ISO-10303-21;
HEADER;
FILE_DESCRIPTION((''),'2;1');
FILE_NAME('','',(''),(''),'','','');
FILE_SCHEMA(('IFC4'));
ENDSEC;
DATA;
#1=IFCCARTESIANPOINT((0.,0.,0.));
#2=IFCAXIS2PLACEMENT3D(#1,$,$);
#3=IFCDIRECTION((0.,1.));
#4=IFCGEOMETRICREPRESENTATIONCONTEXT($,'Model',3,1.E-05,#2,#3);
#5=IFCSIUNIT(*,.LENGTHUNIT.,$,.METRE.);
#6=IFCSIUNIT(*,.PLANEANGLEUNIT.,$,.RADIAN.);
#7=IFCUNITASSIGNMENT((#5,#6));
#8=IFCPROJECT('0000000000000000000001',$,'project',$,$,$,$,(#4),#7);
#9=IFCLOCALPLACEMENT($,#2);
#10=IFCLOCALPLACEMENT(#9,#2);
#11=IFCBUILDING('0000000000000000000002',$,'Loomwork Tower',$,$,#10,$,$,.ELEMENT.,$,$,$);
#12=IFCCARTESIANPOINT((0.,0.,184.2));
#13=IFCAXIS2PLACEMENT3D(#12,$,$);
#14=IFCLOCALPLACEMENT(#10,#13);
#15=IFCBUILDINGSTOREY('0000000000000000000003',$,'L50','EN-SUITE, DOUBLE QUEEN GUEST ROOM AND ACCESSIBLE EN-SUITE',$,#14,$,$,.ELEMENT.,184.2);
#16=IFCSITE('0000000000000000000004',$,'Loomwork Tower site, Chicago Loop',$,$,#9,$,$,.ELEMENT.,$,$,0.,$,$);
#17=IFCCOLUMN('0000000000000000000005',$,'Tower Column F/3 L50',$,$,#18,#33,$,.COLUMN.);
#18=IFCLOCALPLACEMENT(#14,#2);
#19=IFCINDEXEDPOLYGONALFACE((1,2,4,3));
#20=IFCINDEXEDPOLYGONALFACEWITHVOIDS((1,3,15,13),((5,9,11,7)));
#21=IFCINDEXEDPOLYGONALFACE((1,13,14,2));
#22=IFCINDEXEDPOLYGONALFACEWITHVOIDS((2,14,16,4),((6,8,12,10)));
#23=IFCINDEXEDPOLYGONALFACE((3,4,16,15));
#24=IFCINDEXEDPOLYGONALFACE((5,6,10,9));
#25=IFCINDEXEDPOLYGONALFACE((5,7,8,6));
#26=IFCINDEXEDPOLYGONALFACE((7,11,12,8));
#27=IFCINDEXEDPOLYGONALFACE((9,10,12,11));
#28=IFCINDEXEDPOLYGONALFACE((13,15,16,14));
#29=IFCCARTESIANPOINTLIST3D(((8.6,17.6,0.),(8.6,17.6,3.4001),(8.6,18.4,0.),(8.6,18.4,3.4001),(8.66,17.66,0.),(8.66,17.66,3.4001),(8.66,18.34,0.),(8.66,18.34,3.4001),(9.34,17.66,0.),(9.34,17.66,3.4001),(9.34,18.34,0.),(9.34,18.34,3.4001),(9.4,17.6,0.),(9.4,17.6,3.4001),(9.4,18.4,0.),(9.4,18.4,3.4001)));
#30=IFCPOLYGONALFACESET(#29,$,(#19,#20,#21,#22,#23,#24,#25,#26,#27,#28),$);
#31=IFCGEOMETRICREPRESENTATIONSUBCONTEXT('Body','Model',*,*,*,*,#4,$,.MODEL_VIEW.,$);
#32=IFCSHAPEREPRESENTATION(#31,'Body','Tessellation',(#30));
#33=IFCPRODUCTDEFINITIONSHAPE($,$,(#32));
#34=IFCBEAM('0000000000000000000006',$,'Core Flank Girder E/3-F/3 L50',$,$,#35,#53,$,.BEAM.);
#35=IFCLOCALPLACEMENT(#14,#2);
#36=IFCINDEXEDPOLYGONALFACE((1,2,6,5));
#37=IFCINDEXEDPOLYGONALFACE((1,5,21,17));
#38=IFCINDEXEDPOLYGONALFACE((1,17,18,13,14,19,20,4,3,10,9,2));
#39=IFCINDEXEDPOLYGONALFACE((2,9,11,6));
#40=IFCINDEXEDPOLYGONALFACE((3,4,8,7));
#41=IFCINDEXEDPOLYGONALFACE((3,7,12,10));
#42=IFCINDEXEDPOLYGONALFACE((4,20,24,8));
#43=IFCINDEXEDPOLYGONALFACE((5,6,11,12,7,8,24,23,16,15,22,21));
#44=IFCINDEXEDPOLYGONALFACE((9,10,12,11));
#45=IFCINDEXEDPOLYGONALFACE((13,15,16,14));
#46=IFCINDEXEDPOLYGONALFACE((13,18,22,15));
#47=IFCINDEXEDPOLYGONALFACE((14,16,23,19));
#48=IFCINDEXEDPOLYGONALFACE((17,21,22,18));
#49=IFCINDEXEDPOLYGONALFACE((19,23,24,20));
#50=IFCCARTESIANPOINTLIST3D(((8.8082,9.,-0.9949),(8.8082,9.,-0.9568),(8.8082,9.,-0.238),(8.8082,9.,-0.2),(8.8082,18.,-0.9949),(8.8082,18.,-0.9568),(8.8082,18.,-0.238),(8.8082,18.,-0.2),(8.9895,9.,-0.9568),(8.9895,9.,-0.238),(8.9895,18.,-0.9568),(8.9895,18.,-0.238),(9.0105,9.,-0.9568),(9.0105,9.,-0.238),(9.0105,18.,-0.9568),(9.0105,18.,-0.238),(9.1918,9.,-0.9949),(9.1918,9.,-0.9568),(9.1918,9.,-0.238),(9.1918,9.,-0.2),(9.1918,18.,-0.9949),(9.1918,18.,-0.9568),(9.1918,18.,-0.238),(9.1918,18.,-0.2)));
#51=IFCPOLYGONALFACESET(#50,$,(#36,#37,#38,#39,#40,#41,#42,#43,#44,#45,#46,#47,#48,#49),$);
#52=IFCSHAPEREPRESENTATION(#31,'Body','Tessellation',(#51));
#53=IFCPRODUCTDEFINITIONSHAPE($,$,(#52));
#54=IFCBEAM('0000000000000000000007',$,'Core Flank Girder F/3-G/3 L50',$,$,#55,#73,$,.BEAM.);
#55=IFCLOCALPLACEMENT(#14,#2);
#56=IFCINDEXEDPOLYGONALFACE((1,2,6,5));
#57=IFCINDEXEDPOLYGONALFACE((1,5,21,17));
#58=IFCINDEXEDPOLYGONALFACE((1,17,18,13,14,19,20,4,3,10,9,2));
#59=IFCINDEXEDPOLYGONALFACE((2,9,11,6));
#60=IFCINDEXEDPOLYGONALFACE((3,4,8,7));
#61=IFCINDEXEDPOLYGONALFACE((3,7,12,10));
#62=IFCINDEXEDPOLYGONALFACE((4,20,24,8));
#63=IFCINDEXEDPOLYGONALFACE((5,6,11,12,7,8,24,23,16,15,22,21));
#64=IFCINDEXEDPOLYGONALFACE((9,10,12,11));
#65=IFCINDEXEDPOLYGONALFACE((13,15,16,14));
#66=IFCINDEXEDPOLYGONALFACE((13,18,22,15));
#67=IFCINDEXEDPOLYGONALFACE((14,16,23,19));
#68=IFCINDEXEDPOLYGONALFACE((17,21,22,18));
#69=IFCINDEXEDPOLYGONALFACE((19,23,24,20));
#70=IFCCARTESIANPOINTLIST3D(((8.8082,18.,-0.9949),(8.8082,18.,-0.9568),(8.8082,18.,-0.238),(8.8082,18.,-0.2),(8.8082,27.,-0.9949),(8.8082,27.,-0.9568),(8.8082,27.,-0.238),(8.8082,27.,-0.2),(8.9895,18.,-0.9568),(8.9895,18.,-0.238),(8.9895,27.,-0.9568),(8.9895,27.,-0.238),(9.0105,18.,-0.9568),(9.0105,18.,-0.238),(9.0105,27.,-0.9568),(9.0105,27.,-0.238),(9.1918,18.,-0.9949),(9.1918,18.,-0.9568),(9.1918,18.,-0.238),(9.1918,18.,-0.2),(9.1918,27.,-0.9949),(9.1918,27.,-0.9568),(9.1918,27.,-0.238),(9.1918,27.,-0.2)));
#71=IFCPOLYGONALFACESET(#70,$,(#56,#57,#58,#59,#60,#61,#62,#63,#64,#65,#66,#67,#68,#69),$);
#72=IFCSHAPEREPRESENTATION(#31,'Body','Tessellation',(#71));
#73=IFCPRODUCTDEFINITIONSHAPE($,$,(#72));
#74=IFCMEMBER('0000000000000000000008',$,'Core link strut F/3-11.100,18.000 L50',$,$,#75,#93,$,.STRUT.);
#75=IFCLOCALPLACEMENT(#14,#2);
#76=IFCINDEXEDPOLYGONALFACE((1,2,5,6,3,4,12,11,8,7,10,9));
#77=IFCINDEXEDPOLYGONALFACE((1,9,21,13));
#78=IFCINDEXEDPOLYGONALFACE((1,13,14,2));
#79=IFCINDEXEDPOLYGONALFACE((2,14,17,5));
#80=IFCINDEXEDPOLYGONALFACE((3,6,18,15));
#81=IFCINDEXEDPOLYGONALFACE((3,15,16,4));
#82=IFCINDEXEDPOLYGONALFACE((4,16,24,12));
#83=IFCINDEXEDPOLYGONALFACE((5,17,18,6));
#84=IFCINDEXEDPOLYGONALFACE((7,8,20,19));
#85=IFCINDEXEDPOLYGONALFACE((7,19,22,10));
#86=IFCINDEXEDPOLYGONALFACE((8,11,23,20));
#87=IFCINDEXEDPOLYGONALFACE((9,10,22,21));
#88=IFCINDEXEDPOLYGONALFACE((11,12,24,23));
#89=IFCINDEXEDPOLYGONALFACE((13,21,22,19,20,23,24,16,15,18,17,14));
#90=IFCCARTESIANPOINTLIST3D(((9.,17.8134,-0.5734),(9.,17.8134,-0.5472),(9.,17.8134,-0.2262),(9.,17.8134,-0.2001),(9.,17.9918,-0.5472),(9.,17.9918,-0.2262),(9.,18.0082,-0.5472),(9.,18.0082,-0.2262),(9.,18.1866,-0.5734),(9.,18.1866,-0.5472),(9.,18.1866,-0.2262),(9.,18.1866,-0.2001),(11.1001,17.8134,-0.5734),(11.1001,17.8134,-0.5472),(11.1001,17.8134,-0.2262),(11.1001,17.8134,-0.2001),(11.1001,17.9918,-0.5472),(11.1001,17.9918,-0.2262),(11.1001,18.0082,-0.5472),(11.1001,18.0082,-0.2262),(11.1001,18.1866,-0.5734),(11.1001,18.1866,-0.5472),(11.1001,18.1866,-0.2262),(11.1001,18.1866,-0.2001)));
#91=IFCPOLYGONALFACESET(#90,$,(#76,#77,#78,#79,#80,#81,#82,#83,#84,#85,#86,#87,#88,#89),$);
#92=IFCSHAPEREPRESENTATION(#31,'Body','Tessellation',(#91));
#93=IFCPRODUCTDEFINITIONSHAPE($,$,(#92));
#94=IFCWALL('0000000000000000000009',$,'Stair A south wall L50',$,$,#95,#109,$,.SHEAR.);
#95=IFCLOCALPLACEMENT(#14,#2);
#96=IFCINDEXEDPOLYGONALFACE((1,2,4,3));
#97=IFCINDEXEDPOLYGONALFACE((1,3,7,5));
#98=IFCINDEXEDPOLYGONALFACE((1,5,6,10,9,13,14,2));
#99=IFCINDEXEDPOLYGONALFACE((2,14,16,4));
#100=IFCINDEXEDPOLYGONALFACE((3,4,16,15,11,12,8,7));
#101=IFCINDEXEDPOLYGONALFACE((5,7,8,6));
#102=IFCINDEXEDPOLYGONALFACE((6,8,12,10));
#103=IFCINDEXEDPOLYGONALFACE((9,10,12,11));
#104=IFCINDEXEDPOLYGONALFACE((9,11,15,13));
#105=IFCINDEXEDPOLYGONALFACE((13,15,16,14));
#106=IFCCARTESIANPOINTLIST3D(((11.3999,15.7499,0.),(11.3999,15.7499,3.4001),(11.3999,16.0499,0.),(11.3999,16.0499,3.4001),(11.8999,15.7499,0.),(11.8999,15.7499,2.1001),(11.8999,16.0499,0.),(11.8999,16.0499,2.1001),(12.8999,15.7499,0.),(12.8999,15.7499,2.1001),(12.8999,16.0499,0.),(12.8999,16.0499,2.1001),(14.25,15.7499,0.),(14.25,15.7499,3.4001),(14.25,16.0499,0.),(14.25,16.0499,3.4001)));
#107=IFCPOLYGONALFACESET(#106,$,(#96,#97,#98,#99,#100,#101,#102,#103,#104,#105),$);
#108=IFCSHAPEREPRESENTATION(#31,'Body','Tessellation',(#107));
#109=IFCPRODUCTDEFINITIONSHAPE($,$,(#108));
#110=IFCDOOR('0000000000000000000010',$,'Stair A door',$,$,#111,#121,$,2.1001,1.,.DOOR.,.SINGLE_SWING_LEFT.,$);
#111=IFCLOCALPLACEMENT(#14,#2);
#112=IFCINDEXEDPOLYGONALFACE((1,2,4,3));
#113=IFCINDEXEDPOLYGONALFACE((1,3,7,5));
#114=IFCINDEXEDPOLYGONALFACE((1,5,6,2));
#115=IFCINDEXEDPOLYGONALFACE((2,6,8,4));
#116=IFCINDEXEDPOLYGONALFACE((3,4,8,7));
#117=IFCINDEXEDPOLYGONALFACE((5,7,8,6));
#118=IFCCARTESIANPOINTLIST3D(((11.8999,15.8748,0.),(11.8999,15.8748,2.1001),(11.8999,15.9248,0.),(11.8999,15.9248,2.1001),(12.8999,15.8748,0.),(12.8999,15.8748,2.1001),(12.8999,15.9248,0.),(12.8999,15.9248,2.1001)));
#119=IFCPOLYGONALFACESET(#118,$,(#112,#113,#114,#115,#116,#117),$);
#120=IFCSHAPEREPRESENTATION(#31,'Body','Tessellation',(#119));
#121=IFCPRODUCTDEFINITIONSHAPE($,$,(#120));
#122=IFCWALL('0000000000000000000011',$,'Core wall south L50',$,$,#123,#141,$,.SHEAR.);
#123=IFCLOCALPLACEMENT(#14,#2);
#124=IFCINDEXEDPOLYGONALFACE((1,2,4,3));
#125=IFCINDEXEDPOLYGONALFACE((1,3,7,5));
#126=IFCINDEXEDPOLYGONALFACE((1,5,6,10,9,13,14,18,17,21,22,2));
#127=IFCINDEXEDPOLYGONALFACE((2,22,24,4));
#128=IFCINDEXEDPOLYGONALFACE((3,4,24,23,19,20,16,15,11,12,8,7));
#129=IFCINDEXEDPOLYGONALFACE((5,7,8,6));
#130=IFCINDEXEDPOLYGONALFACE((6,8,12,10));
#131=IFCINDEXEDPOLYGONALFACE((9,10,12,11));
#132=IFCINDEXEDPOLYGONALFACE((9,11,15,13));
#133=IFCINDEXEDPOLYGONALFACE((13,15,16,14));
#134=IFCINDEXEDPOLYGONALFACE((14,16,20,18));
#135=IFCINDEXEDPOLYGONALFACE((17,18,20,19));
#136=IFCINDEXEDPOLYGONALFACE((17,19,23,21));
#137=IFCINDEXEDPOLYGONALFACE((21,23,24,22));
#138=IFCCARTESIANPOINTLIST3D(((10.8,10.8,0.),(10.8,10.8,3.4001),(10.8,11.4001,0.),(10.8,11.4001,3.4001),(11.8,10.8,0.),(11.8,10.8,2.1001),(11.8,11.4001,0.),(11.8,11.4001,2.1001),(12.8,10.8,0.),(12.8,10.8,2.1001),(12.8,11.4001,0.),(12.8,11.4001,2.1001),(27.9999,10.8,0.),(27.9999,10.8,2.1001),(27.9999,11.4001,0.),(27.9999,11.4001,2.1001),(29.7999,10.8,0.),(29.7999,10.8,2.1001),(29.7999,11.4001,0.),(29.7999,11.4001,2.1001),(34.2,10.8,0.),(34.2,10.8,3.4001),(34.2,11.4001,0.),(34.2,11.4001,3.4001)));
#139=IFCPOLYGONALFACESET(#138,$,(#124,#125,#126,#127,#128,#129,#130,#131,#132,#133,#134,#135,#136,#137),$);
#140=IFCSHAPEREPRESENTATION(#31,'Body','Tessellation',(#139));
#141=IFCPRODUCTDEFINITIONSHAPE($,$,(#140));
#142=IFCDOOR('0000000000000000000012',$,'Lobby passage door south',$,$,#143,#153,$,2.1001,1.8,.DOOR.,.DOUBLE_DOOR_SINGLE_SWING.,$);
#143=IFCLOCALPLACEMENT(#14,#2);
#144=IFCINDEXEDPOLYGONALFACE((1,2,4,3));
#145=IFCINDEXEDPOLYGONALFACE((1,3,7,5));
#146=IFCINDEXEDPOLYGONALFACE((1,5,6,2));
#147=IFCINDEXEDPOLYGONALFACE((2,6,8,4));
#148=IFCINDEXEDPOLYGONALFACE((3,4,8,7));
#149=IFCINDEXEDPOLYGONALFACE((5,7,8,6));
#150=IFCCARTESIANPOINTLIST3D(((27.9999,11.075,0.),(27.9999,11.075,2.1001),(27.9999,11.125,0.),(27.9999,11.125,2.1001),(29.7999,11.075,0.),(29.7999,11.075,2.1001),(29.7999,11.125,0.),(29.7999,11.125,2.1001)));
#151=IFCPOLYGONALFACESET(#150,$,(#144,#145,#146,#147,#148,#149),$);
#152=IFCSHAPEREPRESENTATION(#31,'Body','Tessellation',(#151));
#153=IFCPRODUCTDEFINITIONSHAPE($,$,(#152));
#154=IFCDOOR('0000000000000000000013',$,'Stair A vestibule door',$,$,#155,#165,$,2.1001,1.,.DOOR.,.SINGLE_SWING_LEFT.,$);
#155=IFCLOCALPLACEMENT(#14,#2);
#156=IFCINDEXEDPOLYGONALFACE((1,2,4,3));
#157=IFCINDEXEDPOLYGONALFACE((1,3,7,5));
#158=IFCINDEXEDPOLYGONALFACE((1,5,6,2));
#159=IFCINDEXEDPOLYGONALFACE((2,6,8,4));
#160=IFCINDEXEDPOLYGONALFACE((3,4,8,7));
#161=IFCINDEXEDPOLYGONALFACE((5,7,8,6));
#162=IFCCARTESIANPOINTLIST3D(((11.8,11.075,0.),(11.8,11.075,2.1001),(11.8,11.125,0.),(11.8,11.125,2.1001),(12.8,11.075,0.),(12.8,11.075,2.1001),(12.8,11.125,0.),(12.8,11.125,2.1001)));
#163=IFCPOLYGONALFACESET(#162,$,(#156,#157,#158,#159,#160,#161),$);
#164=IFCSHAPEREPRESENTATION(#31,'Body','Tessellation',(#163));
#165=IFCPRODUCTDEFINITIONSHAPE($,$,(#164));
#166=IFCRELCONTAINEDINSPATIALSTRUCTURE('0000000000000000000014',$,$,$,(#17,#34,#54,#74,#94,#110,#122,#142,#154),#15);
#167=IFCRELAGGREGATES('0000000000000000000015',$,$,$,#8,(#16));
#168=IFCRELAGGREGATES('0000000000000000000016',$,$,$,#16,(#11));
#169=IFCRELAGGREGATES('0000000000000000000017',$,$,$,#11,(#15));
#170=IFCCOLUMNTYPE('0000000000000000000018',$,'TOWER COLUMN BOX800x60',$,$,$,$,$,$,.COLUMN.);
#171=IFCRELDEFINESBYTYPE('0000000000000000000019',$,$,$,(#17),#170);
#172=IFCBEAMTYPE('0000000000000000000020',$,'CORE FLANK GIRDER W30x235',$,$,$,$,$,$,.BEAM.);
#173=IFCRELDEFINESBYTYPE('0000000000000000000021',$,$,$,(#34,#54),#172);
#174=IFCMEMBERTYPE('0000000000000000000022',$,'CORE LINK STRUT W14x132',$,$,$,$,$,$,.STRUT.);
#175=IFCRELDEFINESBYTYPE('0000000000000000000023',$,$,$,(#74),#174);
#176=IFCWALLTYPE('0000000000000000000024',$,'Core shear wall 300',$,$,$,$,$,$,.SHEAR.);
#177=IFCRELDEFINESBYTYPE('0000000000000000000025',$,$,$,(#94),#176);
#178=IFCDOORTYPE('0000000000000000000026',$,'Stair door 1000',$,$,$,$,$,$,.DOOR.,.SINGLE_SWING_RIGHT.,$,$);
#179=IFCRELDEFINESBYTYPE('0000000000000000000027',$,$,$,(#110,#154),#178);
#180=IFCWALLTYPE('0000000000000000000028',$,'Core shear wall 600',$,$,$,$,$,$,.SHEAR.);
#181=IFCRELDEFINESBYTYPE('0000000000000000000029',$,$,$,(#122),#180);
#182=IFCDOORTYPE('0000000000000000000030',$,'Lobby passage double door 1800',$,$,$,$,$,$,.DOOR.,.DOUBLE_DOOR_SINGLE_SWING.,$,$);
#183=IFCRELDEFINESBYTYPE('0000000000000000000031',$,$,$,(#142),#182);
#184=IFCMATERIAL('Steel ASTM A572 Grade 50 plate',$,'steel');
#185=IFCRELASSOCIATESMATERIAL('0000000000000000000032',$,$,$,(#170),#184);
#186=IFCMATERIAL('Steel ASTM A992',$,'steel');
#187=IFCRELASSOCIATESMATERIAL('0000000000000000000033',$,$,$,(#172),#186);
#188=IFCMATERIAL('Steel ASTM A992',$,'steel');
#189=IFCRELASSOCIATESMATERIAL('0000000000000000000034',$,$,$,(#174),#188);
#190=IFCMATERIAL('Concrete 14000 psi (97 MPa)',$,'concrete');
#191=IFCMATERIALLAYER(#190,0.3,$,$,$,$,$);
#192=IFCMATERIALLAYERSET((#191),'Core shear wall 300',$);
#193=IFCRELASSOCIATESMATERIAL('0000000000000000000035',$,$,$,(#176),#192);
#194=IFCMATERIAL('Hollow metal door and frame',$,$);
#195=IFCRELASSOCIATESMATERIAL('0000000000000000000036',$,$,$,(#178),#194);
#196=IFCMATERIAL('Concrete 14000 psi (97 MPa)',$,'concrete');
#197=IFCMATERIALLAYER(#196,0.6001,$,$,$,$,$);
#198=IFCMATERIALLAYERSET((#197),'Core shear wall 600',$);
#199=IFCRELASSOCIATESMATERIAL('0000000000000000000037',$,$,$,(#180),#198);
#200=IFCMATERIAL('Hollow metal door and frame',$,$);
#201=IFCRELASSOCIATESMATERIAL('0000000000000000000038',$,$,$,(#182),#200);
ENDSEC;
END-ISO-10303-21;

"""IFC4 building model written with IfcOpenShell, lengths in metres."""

from ifc_helpers import new_model, si_unit, direction, frame, frame_2d, origin, origin_2d, place, context, subcontext, project, spatial, rectangle, hollow_rectangle, i_section, extrude, material, layer, layer_set, material_profile, profile_set, type_object, element, fill, save


model = new_model("IFC4")

# Units and contexts
model_context = context("Model", 3, precision=1e-05, world=origin(), true_north=direction((0.0, 1.0)))
body_context = subcontext(model_context, "Body", "Model", "MODEL_VIEW")
ifc_project = project(units=[si_unit("LENGTHUNIT", "METRE"), si_unit("PLANEANGLEUNIT", "RADIAN")], contexts=[model_context])

# Site, building, storey
site_placement = place(None, origin())
site = spatial("IfcSite", under=ifc_project, at=site_placement, Name="Loomwork Tower site, Chicago Loop", CompositionType="ELEMENT", RefElevation=0.0)
building_placement = place(site_placement, origin())
building = spatial("IfcBuilding", under=site, at=building_placement, Name="Loomwork Tower", CompositionType="ELEMENT")
storey_placement = place(building_placement, frame((0.0, 0.0, 184.2)))
storey = spatial("IfcBuildingStorey", under=building, at=storey_placement, Name="L50", Description="EN-SUITE, DOUBLE QUEEN GUEST ROOM AND ACCESSIBLE EN-SUITE", CompositionType="ELEMENT", Elevation=184.2)

# Column
ifc_material_1 = material(Name="Steel ASTM A572 Grade 50 plate", Category="steel")
ifc_material_profile_1 = material_profile(ifc_material_1, hollow_rectangle(XDim=0.8, YDim=0.8, WallThickness=0.0601, at=origin_2d()), Name="BOX800x60")
ifc_profile_set_1 = profile_set([ifc_material_profile_1], Name="Steel ASTM A572 Grade 50 plate")
column_type = type_object("IfcColumnType", Name="TOWER COLUMN BOX800x60", PredefinedType="COLUMN", material=ifc_profile_set_1)
column_placement = place(storey_placement, frame((9.0, 18.0, 0.0), z_axis=(0.0, 0.0, 1.0), x_axis=(1.0, 0.0, 0.0)))
element("IfcColumn", 1, at=column_placement, inside=storey, type_object=column_type, Name="Tower Column F/3 L50", PredefinedType="COLUMN", context=body_context, shape_type="SweptSolid", body=[
    extrude(hollow_rectangle(XDim=0.8, YDim=0.8, WallThickness=0.0601, at=origin_2d()), origin(), (0.0, 0.0, 1.0), 3.4001),
])

# Beams
ifc_material_2 = material(Name="Steel ASTM A992", Category="steel")
ifc_material_profile_2 = material_profile(ifc_material_2, i_section(OverallWidth=0.3835, OverallDepth=0.7949, WebThickness=0.021, FlangeThickness=0.0381, at=origin_2d()), Name="W30x235")
ifc_profile_set_2 = profile_set([ifc_material_profile_2], Name="Steel ASTM A992")
beam_type = type_object("IfcBeamType", Name="CORE FLANK GIRDER W30x235", PredefinedType="BEAM", material=ifc_profile_set_2)
for number, where, z_axis, x_axis, name in (
    (2, (9.0, 9.0, -0.5974), (0.0, 1.0, 0.0), (-1.0, 0.0, 0.0), "Core Flank Girder E/3-F/3 L50"),
    (3, (9.0, 18.0, -0.5974), (0.0, 1.0, 0.0), (-1.0, 0.0, 0.0), "Core Flank Girder F/3-G/3 L50"),
):
    element("IfcBeam", number, at=place(storey_placement, frame(where, z_axis=z_axis, x_axis=x_axis)), inside=storey, type_object=beam_type, Name=name, PredefinedType="BEAM", context=body_context, shape_type="SweptSolid", body=[
        extrude(i_section(OverallWidth=0.3835, OverallDepth=0.7949, WebThickness=0.021, FlangeThickness=0.0381, at=origin_2d()), origin(), (0.0, 0.0, 1.0), 9.0),
    ])

# Member
ifc_material_3 = material(Name="Steel ASTM A992", Category="steel")
ifc_material_profile_3 = material_profile(ifc_material_3, i_section(OverallWidth=0.3733, OverallDepth=0.3733, WebThickness=0.0164, FlangeThickness=0.0261, at=origin_2d()), Name="W14x132")
ifc_profile_set_3 = profile_set([ifc_material_profile_3], Name="Steel ASTM A992")
member_type = type_object("IfcMemberType", Name="CORE LINK STRUT W14x132", PredefinedType="STRUT", material=ifc_profile_set_3)
member_placement = place(storey_placement, frame((9.0, 18.0, -0.3867), z_axis=(1.0, 0.0, 0.0), x_axis=(0.0, 1.0, 0.0)))
element("IfcMember", 4, at=member_placement, inside=storey, type_object=member_type, Name="Core link strut F/3-11.100,18.000 L50", PredefinedType="STRUT", context=body_context, shape_type="SweptSolid", body=[
    extrude(i_section(OverallWidth=0.3733, OverallDepth=0.3733, WebThickness=0.0164, FlangeThickness=0.0261, at=origin_2d()), origin(), (0.0, 0.0, 1.0), 2.1001),
])

# Wall, opening, door
ifc_material_4 = material(Name="Concrete 14000 psi (97 MPa)", Category="concrete")
ifc_layer_1 = layer(ifc_material_4, 0.3)
ifc_layer_set_1 = layer_set([ifc_layer_1], Name="Core shear wall 300")
wall_type_1 = type_object("IfcWallType", Name="Core shear wall 300", PredefinedType="SHEAR", material=ifc_layer_set_1)
wall_1_placement = place(storey_placement, frame((11.3999, 15.8999, 0.0), z_axis=(0.0, 0.0, 1.0), x_axis=(1.0, 0.0, 0.0)))
wall_1 = element("IfcWall", 5, at=wall_1_placement, inside=storey, type_object=wall_type_1, Name="Stair A south wall L50", PredefinedType="SHEAR", context=body_context, shape_type="SweptSolid", body=[
    extrude(rectangle(XDim=2.8501, YDim=0.3, at=frame_2d((1.425, 0.0))), origin(), (0.0, 0.0, 1.0), 3.4001),
])
opening_1_placement = place(wall_1_placement, frame((0.5, 0.0, 0.0)))
opening_1 = element("IfcOpeningElement", 6, at=opening_1_placement, cuts=wall_1, PredefinedType="OPENING", context=body_context, shape_type="SweptSolid", body=[
    extrude(rectangle(XDim=1.0, YDim=2.1001, at=frame_2d((0.5, 1.05))), frame((0.0, 0.1599, 0.0), z_axis=(0.0, -1.0, 0.0), x_axis=(1.0, 0.0, 0.0)), (0.0, 0.0, 1.0), 0.3201),
])
ifc_material_5 = material(Name="Hollow metal door and frame")
door_type_1 = type_object("IfcDoorType", Name="Stair door 1000", OperationType="SINGLE_SWING_RIGHT", PredefinedType="DOOR", material=ifc_material_5)
door_1_placement = place(opening_1_placement, origin())
door_1 = element("IfcDoor", 7, at=door_1_placement, inside=storey, type_object=door_type_1, Name="Stair A door", OperationType="SINGLE_SWING_LEFT", OverallHeight=2.1001, OverallWidth=1.0, PredefinedType="DOOR", context=body_context, shape_type="SweptSolid", body=[
    extrude(rectangle(XDim=1.0, YDim=2.1001, at=frame_2d((0.5, 1.05))), frame((0.0, 0.0249, 0.0), z_axis=(0.0, -1.0, 0.0), x_axis=(1.0, 0.0, 0.0)), (0.0, 0.0, 1.0), 0.05),
])
fill(opening_1, door_1)

# Wall, openings, doors
ifc_material_6 = material(Name="Concrete 14000 psi (97 MPa)", Category="concrete")
ifc_layer_2 = layer(ifc_material_6, 0.6001)
ifc_layer_set_2 = layer_set([ifc_layer_2], Name="Core shear wall 600")
wall_type_2 = type_object("IfcWallType", Name="Core shear wall 600", PredefinedType="SHEAR", material=ifc_layer_set_2)
wall_2_placement = place(storey_placement, frame((10.8, 11.1001, 0.0), z_axis=(0.0, 0.0, 1.0), x_axis=(1.0, 0.0, 0.0)))
wall_2 = element("IfcWall", 8, at=wall_2_placement, inside=storey, type_object=wall_type_2, Name="Core wall south L50", PredefinedType="SHEAR", context=body_context, shape_type="SweptSolid", body=[
    extrude(rectangle(XDim=23.3999, YDim=0.6001, at=frame_2d((11.7, 0.0))), origin(), (0.0, 0.0, 1.0), 3.4001),
])
opening_2_placement = place(wall_2_placement, frame((1.0, 0.0, 0.0)))
opening_2 = element("IfcOpeningElement", 9, at=opening_2_placement, cuts=wall_2, PredefinedType="OPENING", context=body_context, shape_type="SweptSolid", body=[
    extrude(rectangle(XDim=1.0, YDim=2.1001, at=frame_2d((0.5, 1.05))), frame((0.0, 0.3101, 0.0), z_axis=(0.0, -1.0, 0.0), x_axis=(1.0, 0.0, 0.0)), (0.0, 0.0, 1.0), 0.6201),
])
opening_3_placement = place(wall_2_placement, frame((17.2, 0.0, 0.0)))
opening_3 = element("IfcOpeningElement", 10, at=opening_3_placement, cuts=wall_2, PredefinedType="OPENING", context=body_context, shape_type="SweptSolid", body=[
    extrude(rectangle(XDim=1.8, YDim=2.1001, at=frame_2d((0.8999, 1.05))), frame((0.0, 0.3101, 0.0), z_axis=(0.0, -1.0, 0.0), x_axis=(1.0, 0.0, 0.0)), (0.0, 0.0, 1.0), 0.6201),
])
ifc_material_7 = material(Name="Hollow metal door and frame")
door_type_2 = type_object("IfcDoorType", Name="Lobby passage double door 1800", OperationType="DOUBLE_DOOR_SINGLE_SWING", PredefinedType="DOOR", material=ifc_material_7)
door_2_placement = place(opening_3_placement, origin())
door_2 = element("IfcDoor", 11, at=door_2_placement, inside=storey, type_object=door_type_2, Name="Lobby passage door south", OperationType="DOUBLE_DOOR_SINGLE_SWING", OverallHeight=2.1001, OverallWidth=1.8, PredefinedType="DOOR", context=body_context, shape_type="SweptSolid", body=[
    extrude(rectangle(XDim=1.8, YDim=2.1001, at=frame_2d((0.8999, 1.05))), frame((0.0, 0.0249, 0.0), z_axis=(0.0, -1.0, 0.0), x_axis=(1.0, 0.0, 0.0)), (0.0, 0.0, 1.0), 0.05),
])
fill(opening_3, door_2)
door_3_placement = place(opening_2_placement, origin())
door_3 = element("IfcDoor", 12, at=door_3_placement, inside=storey, type_object=door_type_1, Name="Stair A vestibule door", OperationType="SINGLE_SWING_LEFT", OverallHeight=2.1001, OverallWidth=1.0, PredefinedType="DOOR", context=body_context, shape_type="SweptSolid", body=[
    extrude(rectangle(XDim=1.0, YDim=2.1001, at=frame_2d((0.5, 1.05))), frame((0.0, 0.0249, 0.0), z_axis=(0.0, -1.0, 0.0), x_axis=(1.0, 0.0, 0.0)), (0.0, 0.0, 1.0), 0.05),
])
fill(opening_2, door_3)

save(model, "model.ifc")
